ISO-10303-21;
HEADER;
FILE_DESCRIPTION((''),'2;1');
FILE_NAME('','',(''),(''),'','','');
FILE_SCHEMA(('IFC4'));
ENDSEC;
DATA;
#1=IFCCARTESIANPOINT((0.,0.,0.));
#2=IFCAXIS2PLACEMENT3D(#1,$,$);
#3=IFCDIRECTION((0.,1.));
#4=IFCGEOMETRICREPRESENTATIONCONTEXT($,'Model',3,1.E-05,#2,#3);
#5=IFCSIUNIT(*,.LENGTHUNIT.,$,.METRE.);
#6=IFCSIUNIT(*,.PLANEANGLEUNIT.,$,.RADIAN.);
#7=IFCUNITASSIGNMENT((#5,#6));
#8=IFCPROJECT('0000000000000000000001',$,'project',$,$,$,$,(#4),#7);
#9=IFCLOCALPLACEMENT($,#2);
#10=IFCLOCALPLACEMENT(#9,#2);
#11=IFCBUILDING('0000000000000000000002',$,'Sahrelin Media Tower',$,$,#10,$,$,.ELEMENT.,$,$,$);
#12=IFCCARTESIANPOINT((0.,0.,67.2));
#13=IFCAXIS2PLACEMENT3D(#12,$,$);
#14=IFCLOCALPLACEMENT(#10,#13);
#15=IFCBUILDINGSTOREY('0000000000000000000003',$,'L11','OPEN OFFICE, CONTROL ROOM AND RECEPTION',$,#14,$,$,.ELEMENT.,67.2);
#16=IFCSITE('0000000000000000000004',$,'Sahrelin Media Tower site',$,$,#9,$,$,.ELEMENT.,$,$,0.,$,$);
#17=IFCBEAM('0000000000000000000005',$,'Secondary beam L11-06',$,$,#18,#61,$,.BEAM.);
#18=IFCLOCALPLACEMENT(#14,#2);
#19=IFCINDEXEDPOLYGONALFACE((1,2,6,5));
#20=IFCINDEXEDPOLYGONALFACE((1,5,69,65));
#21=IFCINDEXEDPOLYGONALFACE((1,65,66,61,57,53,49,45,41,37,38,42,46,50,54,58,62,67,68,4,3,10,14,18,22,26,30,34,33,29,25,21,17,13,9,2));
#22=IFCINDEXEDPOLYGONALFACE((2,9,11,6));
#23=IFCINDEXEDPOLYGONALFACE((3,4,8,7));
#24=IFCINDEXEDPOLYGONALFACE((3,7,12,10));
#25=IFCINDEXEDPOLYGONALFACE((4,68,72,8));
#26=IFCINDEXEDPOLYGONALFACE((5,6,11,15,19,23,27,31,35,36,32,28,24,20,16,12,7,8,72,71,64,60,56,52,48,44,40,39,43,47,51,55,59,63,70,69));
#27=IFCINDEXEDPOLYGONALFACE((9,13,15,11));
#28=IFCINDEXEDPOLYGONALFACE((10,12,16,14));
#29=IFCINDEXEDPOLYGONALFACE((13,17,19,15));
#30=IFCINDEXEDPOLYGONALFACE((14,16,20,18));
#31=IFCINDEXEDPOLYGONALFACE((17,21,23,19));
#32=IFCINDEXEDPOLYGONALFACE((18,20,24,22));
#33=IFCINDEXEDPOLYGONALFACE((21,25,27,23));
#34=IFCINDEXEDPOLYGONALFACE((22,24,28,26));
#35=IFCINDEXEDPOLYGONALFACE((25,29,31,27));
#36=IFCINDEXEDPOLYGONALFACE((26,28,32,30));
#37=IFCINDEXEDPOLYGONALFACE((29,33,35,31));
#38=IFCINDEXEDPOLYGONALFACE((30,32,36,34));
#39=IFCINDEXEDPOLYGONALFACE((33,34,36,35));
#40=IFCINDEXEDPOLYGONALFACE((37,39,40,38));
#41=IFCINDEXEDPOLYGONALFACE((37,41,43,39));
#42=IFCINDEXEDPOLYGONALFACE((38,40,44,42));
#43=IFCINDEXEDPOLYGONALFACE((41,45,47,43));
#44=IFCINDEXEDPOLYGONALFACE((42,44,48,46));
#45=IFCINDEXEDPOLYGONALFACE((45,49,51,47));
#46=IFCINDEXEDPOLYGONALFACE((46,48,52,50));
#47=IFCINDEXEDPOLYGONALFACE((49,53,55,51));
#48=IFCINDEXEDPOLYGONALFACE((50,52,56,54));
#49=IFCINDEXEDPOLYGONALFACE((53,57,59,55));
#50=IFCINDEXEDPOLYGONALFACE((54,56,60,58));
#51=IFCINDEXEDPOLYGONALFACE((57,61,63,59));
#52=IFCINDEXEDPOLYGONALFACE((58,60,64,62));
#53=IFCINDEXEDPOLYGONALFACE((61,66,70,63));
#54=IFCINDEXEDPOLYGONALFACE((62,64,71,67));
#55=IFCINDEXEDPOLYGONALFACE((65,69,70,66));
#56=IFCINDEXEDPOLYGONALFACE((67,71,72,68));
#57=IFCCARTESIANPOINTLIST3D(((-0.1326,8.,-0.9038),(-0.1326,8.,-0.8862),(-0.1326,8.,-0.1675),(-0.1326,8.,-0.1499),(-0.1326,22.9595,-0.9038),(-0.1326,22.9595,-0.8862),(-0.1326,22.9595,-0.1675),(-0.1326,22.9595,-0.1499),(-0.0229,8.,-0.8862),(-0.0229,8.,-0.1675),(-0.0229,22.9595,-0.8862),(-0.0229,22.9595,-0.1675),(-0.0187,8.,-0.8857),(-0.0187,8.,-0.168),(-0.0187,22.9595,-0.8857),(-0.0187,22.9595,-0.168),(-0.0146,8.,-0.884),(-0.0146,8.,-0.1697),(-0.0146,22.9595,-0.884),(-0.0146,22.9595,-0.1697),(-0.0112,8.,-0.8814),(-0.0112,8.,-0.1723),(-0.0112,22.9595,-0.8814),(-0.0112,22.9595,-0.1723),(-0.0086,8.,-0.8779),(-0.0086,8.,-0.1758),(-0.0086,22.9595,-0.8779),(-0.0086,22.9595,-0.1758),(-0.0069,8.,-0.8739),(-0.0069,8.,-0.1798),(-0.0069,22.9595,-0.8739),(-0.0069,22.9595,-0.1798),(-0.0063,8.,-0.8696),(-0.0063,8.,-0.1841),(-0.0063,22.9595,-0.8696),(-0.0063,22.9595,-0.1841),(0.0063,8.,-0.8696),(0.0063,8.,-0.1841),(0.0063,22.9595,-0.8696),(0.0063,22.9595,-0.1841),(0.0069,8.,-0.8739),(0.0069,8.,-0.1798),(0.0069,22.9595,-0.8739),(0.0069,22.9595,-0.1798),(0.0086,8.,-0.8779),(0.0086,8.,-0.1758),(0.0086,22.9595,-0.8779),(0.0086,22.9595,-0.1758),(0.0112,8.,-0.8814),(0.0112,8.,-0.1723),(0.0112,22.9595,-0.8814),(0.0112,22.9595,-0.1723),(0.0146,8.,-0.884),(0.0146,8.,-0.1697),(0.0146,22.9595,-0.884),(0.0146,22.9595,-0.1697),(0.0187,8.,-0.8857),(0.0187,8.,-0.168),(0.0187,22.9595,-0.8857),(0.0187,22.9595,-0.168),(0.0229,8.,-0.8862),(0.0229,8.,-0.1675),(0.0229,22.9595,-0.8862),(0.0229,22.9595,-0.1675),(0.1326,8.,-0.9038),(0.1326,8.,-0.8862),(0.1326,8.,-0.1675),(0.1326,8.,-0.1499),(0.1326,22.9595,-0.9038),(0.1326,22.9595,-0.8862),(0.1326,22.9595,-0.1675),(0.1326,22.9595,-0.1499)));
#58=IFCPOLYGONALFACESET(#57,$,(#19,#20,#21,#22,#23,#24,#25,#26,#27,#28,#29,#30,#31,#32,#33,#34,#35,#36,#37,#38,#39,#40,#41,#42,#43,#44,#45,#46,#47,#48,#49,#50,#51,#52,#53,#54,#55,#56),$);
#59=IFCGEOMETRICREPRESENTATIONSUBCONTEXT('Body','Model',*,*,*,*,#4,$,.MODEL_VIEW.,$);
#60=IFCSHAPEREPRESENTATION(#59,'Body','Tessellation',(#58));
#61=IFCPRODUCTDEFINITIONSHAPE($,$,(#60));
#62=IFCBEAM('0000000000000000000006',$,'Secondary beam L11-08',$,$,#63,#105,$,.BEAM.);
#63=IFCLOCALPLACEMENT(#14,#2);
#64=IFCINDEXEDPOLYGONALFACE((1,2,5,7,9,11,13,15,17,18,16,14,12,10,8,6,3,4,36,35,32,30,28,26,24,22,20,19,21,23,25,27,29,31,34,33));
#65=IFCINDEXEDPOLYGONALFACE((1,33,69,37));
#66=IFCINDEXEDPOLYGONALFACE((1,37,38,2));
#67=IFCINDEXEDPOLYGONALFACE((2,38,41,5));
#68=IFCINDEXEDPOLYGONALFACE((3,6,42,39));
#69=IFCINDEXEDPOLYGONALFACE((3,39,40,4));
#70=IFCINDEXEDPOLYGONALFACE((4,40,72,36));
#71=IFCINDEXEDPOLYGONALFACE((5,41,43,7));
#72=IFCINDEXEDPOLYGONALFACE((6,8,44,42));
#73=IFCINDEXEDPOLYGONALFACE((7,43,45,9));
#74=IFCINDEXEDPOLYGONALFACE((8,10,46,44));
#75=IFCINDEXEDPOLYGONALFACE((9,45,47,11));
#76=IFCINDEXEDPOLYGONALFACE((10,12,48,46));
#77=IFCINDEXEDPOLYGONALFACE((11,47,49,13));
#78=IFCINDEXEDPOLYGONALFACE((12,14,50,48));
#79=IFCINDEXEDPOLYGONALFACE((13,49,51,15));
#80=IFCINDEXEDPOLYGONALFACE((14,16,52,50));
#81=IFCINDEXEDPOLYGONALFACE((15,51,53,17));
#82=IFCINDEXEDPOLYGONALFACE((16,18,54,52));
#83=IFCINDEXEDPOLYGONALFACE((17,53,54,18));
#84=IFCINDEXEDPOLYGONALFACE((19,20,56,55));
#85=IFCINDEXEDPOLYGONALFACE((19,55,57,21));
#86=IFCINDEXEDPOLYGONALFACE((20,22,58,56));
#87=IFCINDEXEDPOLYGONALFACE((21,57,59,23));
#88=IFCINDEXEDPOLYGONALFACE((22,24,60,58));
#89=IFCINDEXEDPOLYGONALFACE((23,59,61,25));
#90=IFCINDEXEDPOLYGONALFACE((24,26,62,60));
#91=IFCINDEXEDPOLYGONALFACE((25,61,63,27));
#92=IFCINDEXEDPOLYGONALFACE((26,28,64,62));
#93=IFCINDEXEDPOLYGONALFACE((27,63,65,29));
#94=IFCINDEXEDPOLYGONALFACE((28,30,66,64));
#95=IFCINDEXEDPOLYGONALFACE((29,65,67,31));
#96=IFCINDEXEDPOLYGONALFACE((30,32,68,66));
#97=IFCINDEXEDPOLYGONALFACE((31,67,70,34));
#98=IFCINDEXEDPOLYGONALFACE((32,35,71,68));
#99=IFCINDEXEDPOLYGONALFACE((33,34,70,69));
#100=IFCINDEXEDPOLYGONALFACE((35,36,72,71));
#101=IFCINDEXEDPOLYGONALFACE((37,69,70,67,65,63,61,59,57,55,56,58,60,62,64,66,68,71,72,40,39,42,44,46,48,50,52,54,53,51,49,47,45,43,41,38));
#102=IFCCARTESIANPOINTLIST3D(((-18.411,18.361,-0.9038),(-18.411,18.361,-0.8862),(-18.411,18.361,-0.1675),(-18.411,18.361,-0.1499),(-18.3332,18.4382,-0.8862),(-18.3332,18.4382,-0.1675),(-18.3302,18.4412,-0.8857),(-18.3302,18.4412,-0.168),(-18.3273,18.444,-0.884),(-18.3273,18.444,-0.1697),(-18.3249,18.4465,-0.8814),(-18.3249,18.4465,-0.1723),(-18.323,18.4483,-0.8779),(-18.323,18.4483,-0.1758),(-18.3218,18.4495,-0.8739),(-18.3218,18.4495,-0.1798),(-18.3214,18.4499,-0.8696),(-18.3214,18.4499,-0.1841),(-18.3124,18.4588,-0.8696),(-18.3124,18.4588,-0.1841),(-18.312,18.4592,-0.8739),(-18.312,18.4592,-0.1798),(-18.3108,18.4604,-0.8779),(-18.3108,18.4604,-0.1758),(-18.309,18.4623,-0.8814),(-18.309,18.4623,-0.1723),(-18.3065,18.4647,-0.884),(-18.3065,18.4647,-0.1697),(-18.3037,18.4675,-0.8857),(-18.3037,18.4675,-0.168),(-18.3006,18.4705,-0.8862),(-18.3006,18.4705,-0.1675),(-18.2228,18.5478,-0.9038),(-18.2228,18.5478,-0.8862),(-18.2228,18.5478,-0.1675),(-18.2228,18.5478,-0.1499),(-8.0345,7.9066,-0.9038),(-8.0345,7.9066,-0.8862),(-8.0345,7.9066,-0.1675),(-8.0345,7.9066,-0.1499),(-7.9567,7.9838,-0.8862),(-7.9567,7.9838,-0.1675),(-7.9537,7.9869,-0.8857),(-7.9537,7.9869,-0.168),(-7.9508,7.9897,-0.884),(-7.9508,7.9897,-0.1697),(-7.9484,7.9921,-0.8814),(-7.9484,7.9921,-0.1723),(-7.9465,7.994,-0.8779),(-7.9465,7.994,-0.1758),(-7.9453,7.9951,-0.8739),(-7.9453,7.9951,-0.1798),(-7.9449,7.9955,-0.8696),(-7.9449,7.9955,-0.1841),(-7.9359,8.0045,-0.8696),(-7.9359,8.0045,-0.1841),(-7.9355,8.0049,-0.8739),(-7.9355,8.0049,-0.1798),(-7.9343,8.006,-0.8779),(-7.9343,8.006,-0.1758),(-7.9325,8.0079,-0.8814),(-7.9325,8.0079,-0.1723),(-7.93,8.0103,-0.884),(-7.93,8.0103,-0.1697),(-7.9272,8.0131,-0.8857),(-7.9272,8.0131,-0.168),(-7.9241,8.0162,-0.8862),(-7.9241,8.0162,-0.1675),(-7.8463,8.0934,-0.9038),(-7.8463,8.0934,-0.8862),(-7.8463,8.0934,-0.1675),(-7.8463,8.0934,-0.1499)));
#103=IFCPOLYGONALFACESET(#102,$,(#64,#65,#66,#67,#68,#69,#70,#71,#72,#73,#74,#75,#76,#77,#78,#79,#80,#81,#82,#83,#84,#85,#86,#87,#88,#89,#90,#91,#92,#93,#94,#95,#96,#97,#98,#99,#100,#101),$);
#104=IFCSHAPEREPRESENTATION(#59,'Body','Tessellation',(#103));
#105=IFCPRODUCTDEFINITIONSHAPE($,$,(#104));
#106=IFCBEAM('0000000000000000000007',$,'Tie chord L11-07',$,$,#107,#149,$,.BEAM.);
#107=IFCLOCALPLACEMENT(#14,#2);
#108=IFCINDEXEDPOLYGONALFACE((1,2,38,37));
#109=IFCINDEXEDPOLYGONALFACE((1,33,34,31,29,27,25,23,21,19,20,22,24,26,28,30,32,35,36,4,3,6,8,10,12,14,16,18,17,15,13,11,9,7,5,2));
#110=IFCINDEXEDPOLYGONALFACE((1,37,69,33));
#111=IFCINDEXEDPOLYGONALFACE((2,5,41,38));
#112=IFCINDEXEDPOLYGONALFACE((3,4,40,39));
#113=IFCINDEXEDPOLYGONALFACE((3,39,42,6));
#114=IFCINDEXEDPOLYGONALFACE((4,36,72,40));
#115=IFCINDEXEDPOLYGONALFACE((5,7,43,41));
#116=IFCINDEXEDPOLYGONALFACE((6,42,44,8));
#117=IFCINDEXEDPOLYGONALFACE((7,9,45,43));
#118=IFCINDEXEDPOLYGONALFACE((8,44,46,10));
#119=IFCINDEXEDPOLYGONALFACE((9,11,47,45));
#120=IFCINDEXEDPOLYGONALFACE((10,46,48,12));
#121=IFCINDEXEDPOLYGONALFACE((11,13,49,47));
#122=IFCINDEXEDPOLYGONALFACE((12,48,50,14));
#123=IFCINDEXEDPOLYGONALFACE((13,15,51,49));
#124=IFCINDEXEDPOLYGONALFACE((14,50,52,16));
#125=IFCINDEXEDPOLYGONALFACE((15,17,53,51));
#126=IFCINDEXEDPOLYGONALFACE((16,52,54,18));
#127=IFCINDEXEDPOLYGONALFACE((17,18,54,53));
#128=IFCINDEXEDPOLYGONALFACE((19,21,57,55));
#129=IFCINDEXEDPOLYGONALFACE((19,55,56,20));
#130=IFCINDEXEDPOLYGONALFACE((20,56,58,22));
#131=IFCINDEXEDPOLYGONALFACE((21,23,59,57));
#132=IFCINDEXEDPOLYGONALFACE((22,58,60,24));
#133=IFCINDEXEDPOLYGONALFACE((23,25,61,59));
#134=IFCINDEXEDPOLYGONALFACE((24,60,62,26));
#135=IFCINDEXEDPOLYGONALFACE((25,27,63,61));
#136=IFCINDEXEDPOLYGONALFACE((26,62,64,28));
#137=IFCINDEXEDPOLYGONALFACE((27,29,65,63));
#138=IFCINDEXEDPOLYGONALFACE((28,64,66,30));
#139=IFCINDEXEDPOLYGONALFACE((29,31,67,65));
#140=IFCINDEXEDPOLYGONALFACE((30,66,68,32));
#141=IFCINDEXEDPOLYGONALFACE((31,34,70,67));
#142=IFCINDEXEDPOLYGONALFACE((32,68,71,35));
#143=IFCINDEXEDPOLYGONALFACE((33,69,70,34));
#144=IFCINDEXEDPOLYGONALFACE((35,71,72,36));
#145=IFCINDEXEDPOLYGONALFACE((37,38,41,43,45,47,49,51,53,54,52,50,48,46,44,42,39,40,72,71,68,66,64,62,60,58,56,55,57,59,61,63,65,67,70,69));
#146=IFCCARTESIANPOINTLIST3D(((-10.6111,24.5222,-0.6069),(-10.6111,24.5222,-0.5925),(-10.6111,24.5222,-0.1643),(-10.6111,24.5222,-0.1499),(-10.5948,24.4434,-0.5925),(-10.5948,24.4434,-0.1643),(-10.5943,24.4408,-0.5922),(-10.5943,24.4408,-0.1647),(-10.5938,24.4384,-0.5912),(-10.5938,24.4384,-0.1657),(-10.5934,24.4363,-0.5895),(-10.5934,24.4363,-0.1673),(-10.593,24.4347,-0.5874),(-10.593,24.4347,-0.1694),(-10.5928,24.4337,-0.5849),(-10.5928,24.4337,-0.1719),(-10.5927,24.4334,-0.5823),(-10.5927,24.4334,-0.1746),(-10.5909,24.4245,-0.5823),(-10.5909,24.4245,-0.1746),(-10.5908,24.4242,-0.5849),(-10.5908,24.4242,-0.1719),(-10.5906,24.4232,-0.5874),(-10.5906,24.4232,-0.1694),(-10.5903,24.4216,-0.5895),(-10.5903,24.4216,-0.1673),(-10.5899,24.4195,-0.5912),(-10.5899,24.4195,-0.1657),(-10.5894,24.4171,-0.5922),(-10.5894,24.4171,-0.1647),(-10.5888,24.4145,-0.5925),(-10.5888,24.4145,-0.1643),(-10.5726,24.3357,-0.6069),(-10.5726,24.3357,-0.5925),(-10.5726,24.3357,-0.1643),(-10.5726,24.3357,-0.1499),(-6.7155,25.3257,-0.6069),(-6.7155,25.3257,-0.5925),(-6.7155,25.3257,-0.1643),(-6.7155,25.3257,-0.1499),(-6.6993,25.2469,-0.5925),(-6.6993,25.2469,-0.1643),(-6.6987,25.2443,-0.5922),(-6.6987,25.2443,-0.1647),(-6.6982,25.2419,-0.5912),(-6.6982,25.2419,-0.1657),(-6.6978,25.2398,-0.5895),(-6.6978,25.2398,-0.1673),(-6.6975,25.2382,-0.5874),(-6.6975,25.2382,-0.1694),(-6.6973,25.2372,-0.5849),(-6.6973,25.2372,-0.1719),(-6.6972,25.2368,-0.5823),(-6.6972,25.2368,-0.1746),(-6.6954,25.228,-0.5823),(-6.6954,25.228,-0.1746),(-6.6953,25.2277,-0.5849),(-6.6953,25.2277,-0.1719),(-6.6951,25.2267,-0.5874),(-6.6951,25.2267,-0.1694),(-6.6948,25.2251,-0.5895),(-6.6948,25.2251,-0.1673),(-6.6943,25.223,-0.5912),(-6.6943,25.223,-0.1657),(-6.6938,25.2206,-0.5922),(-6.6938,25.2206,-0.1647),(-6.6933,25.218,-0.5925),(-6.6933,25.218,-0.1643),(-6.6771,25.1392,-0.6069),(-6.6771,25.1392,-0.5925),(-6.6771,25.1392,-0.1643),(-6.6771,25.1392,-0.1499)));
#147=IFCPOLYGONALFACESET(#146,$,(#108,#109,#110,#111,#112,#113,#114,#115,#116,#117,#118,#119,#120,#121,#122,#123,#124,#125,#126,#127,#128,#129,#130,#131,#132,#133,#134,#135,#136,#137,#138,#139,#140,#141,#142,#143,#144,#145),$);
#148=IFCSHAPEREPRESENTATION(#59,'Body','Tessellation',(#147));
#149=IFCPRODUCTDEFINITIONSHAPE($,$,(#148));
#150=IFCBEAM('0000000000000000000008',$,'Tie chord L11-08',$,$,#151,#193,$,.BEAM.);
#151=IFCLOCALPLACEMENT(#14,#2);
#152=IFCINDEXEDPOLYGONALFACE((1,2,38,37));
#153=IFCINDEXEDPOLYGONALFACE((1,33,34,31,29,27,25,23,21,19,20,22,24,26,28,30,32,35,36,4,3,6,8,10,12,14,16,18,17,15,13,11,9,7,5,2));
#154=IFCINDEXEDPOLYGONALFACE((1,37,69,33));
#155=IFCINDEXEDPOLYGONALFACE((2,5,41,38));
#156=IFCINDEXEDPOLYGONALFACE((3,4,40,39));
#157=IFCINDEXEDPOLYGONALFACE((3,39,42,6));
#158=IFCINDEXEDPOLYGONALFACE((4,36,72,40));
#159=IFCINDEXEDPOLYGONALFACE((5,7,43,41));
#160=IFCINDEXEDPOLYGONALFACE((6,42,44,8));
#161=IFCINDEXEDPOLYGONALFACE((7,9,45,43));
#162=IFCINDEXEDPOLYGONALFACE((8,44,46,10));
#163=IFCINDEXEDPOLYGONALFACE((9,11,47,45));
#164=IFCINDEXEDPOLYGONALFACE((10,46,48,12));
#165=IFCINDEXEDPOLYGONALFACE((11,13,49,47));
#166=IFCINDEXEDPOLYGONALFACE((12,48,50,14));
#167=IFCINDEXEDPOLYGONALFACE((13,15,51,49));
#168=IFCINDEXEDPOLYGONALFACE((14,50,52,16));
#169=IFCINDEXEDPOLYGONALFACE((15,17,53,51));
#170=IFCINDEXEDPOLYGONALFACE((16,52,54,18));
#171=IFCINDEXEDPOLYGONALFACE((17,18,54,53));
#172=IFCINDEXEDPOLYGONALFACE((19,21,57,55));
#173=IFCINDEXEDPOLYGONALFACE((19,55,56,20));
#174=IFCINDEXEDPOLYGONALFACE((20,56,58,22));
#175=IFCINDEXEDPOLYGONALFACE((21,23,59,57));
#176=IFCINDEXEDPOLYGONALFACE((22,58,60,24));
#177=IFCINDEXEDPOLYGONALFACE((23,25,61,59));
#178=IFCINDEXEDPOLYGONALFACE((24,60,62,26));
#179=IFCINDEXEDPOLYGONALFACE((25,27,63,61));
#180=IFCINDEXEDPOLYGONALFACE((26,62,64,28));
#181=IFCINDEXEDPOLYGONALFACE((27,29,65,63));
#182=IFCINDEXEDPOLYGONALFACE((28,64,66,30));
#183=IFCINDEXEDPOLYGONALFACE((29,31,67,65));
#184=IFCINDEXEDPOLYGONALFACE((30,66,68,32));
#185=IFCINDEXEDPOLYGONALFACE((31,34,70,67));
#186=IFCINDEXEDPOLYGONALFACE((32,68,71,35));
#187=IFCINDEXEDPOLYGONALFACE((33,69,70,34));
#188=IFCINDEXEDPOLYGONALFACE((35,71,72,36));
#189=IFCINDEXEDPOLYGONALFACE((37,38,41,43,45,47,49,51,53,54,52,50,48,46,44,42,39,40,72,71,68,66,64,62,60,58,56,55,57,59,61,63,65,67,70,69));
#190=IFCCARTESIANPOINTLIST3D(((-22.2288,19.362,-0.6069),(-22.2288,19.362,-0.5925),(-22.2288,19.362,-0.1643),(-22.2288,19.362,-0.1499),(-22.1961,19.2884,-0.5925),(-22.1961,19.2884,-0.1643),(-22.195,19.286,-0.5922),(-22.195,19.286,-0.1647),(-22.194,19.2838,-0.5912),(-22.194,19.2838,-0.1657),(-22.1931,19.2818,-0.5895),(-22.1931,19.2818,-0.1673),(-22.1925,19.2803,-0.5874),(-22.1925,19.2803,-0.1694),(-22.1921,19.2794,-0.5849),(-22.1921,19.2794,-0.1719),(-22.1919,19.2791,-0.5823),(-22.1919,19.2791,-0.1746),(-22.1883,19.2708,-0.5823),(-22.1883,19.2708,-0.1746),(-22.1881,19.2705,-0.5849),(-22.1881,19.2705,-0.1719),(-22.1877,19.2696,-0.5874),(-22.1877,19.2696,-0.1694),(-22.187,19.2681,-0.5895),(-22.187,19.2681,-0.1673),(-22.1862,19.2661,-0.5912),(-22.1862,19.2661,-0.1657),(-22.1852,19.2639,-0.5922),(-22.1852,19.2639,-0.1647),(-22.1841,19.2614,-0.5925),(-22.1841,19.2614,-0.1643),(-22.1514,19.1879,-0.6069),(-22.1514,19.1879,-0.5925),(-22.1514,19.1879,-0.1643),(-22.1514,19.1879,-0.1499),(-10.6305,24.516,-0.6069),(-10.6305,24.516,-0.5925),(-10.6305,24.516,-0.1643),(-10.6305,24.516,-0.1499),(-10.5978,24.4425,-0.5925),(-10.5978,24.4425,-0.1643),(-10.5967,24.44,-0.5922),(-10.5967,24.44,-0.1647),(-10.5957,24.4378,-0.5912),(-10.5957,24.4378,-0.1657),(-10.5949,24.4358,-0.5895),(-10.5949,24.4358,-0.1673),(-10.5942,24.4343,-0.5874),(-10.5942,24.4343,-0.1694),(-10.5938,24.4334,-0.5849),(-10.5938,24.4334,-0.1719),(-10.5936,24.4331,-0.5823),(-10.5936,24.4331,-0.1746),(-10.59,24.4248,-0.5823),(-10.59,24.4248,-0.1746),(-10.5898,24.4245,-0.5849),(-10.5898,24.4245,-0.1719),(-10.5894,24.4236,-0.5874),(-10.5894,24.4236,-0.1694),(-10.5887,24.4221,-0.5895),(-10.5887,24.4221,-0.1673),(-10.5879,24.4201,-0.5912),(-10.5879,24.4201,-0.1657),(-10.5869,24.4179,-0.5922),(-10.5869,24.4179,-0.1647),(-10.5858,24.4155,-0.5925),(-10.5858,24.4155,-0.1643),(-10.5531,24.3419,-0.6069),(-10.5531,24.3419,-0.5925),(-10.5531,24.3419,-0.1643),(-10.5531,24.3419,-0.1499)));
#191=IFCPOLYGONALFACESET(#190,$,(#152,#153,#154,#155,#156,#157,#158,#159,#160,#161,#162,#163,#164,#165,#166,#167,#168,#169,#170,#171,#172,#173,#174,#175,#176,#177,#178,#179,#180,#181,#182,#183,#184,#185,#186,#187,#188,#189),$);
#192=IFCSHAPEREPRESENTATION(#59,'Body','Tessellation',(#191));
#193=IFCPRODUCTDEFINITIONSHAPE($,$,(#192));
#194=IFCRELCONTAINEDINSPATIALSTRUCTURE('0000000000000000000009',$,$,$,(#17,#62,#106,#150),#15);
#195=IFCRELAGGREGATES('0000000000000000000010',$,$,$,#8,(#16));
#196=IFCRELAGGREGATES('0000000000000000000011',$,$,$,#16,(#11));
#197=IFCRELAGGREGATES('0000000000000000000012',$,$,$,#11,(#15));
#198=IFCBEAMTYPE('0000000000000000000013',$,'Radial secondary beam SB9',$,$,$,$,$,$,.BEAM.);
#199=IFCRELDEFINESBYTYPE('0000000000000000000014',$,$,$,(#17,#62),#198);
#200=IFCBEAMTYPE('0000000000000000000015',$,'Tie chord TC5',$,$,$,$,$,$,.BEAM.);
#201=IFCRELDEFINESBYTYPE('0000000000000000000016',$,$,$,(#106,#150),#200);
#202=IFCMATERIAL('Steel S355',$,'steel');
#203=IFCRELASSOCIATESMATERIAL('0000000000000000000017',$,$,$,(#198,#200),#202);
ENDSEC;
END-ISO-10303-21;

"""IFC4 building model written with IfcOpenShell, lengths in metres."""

from ifc_helpers import new_model, si_unit, direction, frame, origin, origin_2d, place, context, subcontext, project, spatial, i_section, extrude, material, material_profile, profile_set, type_object, element, save


model = new_model("IFC4")

# Units and contexts
model_context = context("Model", 3, precision=1e-05, world=origin(), true_north=direction((0.0, 1.0)))
body_context = subcontext(model_context, "Body", "Model", "MODEL_VIEW")
ifc_project = project(units=[si_unit("LENGTHUNIT", "METRE"), si_unit("PLANEANGLEUNIT", "RADIAN")], contexts=[model_context])

# Site, building, storey
site_placement = place(None, origin())
site = spatial("IfcSite", under=ifc_project, at=site_placement, Name="Sahrelin Media Tower site", CompositionType="ELEMENT", RefElevation=0.0)
building_placement = place(site_placement, origin())
building = spatial("IfcBuilding", under=site, at=building_placement, Name="Sahrelin Media Tower", CompositionType="ELEMENT")
storey_placement = place(building_placement, frame((0.0, 0.0, 67.2)))
storey = spatial("IfcBuildingStorey", under=building, at=storey_placement, Name="L11", Description="OPEN OFFICE, CONTROL ROOM AND RECEPTION", CompositionType="ELEMENT", Elevation=67.2)

# Shared definitions
ifc_material_1 = material(Name="Steel S355", Category="steel")

# Beams
ifc_material_profile_1 = material_profile(ifc_material_1, i_section(OverallWidth=0.2651, OverallDepth=0.7539, WebThickness=0.0127, FlangeThickness=0.0176, FilletRadius=0.0166, at=origin_2d()), Name="UB 762x267x147")
ifc_profile_set_1 = profile_set([ifc_material_profile_1], Name="Steel S355")
beam_type_1 = type_object("IfcBeamType", Name="Radial secondary beam SB9", PredefinedType="BEAM", material=ifc_profile_set_1)
beam_1_placement = place(storey_placement, frame((0.0, 8.0, -0.5269), z_axis=(0.0, 1.0, 0.0), x_axis=(-1.0, 0.0, 0.0)))
element("IfcBeam", 1, at=beam_1_placement, inside=storey, type_object=beam_type_1, Name="Secondary beam L11-06", PredefinedType="BEAM", context=body_context, shape_type="SweptSolid", body=[
    extrude(i_section(OverallWidth=0.2651, OverallDepth=0.7539, WebThickness=0.0127, FlangeThickness=0.0176, FilletRadius=0.0166, at=origin_2d()), origin(), (0.0, 0.0, 1.0), 14.9595),
])
beam_2_placement = place(storey_placement, frame((-7.9404, 8.0, -0.5269), z_axis=(-0.704458, 0.709746, 0.0), x_axis=(-0.709746, -0.704458, 0.0)))
element("IfcBeam", 2, at=beam_2_placement, inside=storey, type_object=beam_type_1, Name="Secondary beam L11-08", PredefinedType="BEAM", context=body_context, shape_type="SweptSolid", body=[
    extrude(i_section(OverallWidth=0.2651, OverallDepth=0.7539, WebThickness=0.0127, FlangeThickness=0.0176, FilletRadius=0.0166, at=origin_2d()), origin(), (0.0, 0.0, 1.0), 14.7297),
])
ifc_material_profile_2 = material_profile(ifc_material_1, i_section(OverallWidth=0.1904, OverallDepth=0.457, WebThickness=0.009, FlangeThickness=0.0144, FilletRadius=0.0103, at=origin_2d()), Name="UB 457x191x74")
ifc_profile_set_2 = profile_set([ifc_material_profile_2], Name="Steel S355")
beam_type_2 = type_object("IfcBeamType", Name="Tie chord TC5", PredefinedType="BEAM", material=ifc_profile_set_2)
beam_3_placement = place(storey_placement, frame((-6.6963, 25.2324, -0.3784), z_axis=(-0.979385, -0.202003, 0.0), x_axis=(0.202003, -0.979385, 0.0)))
element("IfcBeam", 3, at=beam_3_placement, inside=storey, type_object=beam_type_2, Name="Tie chord L11-07", PredefinedType="BEAM", context=body_context, shape_type="SweptSolid", body=[
    extrude(i_section(OverallWidth=0.1904, OverallDepth=0.457, WebThickness=0.009, FlangeThickness=0.0144, FilletRadius=0.0103, at=origin_2d()), origin(), (0.0, 0.0, 1.0), 3.9775),
])
beam_4_placement = place(storey_placement, frame((-10.5918, 24.429, -0.3784), z_axis=(-0.913835, -0.406087, 0.0), x_axis=(0.406087, -0.913835, 0.0)))
element("IfcBeam", 4, at=beam_4_placement, inside=storey, type_object=beam_type_2, Name="Tie chord L11-08", PredefinedType="BEAM", context=body_context, shape_type="SweptSolid", body=[
    extrude(i_section(OverallWidth=0.1904, OverallDepth=0.457, WebThickness=0.009, FlangeThickness=0.0144, FilletRadius=0.0103, at=origin_2d()), origin(), (0.0, 0.0, 1.0), 12.6919),
])

save(model, "model.ifc")
